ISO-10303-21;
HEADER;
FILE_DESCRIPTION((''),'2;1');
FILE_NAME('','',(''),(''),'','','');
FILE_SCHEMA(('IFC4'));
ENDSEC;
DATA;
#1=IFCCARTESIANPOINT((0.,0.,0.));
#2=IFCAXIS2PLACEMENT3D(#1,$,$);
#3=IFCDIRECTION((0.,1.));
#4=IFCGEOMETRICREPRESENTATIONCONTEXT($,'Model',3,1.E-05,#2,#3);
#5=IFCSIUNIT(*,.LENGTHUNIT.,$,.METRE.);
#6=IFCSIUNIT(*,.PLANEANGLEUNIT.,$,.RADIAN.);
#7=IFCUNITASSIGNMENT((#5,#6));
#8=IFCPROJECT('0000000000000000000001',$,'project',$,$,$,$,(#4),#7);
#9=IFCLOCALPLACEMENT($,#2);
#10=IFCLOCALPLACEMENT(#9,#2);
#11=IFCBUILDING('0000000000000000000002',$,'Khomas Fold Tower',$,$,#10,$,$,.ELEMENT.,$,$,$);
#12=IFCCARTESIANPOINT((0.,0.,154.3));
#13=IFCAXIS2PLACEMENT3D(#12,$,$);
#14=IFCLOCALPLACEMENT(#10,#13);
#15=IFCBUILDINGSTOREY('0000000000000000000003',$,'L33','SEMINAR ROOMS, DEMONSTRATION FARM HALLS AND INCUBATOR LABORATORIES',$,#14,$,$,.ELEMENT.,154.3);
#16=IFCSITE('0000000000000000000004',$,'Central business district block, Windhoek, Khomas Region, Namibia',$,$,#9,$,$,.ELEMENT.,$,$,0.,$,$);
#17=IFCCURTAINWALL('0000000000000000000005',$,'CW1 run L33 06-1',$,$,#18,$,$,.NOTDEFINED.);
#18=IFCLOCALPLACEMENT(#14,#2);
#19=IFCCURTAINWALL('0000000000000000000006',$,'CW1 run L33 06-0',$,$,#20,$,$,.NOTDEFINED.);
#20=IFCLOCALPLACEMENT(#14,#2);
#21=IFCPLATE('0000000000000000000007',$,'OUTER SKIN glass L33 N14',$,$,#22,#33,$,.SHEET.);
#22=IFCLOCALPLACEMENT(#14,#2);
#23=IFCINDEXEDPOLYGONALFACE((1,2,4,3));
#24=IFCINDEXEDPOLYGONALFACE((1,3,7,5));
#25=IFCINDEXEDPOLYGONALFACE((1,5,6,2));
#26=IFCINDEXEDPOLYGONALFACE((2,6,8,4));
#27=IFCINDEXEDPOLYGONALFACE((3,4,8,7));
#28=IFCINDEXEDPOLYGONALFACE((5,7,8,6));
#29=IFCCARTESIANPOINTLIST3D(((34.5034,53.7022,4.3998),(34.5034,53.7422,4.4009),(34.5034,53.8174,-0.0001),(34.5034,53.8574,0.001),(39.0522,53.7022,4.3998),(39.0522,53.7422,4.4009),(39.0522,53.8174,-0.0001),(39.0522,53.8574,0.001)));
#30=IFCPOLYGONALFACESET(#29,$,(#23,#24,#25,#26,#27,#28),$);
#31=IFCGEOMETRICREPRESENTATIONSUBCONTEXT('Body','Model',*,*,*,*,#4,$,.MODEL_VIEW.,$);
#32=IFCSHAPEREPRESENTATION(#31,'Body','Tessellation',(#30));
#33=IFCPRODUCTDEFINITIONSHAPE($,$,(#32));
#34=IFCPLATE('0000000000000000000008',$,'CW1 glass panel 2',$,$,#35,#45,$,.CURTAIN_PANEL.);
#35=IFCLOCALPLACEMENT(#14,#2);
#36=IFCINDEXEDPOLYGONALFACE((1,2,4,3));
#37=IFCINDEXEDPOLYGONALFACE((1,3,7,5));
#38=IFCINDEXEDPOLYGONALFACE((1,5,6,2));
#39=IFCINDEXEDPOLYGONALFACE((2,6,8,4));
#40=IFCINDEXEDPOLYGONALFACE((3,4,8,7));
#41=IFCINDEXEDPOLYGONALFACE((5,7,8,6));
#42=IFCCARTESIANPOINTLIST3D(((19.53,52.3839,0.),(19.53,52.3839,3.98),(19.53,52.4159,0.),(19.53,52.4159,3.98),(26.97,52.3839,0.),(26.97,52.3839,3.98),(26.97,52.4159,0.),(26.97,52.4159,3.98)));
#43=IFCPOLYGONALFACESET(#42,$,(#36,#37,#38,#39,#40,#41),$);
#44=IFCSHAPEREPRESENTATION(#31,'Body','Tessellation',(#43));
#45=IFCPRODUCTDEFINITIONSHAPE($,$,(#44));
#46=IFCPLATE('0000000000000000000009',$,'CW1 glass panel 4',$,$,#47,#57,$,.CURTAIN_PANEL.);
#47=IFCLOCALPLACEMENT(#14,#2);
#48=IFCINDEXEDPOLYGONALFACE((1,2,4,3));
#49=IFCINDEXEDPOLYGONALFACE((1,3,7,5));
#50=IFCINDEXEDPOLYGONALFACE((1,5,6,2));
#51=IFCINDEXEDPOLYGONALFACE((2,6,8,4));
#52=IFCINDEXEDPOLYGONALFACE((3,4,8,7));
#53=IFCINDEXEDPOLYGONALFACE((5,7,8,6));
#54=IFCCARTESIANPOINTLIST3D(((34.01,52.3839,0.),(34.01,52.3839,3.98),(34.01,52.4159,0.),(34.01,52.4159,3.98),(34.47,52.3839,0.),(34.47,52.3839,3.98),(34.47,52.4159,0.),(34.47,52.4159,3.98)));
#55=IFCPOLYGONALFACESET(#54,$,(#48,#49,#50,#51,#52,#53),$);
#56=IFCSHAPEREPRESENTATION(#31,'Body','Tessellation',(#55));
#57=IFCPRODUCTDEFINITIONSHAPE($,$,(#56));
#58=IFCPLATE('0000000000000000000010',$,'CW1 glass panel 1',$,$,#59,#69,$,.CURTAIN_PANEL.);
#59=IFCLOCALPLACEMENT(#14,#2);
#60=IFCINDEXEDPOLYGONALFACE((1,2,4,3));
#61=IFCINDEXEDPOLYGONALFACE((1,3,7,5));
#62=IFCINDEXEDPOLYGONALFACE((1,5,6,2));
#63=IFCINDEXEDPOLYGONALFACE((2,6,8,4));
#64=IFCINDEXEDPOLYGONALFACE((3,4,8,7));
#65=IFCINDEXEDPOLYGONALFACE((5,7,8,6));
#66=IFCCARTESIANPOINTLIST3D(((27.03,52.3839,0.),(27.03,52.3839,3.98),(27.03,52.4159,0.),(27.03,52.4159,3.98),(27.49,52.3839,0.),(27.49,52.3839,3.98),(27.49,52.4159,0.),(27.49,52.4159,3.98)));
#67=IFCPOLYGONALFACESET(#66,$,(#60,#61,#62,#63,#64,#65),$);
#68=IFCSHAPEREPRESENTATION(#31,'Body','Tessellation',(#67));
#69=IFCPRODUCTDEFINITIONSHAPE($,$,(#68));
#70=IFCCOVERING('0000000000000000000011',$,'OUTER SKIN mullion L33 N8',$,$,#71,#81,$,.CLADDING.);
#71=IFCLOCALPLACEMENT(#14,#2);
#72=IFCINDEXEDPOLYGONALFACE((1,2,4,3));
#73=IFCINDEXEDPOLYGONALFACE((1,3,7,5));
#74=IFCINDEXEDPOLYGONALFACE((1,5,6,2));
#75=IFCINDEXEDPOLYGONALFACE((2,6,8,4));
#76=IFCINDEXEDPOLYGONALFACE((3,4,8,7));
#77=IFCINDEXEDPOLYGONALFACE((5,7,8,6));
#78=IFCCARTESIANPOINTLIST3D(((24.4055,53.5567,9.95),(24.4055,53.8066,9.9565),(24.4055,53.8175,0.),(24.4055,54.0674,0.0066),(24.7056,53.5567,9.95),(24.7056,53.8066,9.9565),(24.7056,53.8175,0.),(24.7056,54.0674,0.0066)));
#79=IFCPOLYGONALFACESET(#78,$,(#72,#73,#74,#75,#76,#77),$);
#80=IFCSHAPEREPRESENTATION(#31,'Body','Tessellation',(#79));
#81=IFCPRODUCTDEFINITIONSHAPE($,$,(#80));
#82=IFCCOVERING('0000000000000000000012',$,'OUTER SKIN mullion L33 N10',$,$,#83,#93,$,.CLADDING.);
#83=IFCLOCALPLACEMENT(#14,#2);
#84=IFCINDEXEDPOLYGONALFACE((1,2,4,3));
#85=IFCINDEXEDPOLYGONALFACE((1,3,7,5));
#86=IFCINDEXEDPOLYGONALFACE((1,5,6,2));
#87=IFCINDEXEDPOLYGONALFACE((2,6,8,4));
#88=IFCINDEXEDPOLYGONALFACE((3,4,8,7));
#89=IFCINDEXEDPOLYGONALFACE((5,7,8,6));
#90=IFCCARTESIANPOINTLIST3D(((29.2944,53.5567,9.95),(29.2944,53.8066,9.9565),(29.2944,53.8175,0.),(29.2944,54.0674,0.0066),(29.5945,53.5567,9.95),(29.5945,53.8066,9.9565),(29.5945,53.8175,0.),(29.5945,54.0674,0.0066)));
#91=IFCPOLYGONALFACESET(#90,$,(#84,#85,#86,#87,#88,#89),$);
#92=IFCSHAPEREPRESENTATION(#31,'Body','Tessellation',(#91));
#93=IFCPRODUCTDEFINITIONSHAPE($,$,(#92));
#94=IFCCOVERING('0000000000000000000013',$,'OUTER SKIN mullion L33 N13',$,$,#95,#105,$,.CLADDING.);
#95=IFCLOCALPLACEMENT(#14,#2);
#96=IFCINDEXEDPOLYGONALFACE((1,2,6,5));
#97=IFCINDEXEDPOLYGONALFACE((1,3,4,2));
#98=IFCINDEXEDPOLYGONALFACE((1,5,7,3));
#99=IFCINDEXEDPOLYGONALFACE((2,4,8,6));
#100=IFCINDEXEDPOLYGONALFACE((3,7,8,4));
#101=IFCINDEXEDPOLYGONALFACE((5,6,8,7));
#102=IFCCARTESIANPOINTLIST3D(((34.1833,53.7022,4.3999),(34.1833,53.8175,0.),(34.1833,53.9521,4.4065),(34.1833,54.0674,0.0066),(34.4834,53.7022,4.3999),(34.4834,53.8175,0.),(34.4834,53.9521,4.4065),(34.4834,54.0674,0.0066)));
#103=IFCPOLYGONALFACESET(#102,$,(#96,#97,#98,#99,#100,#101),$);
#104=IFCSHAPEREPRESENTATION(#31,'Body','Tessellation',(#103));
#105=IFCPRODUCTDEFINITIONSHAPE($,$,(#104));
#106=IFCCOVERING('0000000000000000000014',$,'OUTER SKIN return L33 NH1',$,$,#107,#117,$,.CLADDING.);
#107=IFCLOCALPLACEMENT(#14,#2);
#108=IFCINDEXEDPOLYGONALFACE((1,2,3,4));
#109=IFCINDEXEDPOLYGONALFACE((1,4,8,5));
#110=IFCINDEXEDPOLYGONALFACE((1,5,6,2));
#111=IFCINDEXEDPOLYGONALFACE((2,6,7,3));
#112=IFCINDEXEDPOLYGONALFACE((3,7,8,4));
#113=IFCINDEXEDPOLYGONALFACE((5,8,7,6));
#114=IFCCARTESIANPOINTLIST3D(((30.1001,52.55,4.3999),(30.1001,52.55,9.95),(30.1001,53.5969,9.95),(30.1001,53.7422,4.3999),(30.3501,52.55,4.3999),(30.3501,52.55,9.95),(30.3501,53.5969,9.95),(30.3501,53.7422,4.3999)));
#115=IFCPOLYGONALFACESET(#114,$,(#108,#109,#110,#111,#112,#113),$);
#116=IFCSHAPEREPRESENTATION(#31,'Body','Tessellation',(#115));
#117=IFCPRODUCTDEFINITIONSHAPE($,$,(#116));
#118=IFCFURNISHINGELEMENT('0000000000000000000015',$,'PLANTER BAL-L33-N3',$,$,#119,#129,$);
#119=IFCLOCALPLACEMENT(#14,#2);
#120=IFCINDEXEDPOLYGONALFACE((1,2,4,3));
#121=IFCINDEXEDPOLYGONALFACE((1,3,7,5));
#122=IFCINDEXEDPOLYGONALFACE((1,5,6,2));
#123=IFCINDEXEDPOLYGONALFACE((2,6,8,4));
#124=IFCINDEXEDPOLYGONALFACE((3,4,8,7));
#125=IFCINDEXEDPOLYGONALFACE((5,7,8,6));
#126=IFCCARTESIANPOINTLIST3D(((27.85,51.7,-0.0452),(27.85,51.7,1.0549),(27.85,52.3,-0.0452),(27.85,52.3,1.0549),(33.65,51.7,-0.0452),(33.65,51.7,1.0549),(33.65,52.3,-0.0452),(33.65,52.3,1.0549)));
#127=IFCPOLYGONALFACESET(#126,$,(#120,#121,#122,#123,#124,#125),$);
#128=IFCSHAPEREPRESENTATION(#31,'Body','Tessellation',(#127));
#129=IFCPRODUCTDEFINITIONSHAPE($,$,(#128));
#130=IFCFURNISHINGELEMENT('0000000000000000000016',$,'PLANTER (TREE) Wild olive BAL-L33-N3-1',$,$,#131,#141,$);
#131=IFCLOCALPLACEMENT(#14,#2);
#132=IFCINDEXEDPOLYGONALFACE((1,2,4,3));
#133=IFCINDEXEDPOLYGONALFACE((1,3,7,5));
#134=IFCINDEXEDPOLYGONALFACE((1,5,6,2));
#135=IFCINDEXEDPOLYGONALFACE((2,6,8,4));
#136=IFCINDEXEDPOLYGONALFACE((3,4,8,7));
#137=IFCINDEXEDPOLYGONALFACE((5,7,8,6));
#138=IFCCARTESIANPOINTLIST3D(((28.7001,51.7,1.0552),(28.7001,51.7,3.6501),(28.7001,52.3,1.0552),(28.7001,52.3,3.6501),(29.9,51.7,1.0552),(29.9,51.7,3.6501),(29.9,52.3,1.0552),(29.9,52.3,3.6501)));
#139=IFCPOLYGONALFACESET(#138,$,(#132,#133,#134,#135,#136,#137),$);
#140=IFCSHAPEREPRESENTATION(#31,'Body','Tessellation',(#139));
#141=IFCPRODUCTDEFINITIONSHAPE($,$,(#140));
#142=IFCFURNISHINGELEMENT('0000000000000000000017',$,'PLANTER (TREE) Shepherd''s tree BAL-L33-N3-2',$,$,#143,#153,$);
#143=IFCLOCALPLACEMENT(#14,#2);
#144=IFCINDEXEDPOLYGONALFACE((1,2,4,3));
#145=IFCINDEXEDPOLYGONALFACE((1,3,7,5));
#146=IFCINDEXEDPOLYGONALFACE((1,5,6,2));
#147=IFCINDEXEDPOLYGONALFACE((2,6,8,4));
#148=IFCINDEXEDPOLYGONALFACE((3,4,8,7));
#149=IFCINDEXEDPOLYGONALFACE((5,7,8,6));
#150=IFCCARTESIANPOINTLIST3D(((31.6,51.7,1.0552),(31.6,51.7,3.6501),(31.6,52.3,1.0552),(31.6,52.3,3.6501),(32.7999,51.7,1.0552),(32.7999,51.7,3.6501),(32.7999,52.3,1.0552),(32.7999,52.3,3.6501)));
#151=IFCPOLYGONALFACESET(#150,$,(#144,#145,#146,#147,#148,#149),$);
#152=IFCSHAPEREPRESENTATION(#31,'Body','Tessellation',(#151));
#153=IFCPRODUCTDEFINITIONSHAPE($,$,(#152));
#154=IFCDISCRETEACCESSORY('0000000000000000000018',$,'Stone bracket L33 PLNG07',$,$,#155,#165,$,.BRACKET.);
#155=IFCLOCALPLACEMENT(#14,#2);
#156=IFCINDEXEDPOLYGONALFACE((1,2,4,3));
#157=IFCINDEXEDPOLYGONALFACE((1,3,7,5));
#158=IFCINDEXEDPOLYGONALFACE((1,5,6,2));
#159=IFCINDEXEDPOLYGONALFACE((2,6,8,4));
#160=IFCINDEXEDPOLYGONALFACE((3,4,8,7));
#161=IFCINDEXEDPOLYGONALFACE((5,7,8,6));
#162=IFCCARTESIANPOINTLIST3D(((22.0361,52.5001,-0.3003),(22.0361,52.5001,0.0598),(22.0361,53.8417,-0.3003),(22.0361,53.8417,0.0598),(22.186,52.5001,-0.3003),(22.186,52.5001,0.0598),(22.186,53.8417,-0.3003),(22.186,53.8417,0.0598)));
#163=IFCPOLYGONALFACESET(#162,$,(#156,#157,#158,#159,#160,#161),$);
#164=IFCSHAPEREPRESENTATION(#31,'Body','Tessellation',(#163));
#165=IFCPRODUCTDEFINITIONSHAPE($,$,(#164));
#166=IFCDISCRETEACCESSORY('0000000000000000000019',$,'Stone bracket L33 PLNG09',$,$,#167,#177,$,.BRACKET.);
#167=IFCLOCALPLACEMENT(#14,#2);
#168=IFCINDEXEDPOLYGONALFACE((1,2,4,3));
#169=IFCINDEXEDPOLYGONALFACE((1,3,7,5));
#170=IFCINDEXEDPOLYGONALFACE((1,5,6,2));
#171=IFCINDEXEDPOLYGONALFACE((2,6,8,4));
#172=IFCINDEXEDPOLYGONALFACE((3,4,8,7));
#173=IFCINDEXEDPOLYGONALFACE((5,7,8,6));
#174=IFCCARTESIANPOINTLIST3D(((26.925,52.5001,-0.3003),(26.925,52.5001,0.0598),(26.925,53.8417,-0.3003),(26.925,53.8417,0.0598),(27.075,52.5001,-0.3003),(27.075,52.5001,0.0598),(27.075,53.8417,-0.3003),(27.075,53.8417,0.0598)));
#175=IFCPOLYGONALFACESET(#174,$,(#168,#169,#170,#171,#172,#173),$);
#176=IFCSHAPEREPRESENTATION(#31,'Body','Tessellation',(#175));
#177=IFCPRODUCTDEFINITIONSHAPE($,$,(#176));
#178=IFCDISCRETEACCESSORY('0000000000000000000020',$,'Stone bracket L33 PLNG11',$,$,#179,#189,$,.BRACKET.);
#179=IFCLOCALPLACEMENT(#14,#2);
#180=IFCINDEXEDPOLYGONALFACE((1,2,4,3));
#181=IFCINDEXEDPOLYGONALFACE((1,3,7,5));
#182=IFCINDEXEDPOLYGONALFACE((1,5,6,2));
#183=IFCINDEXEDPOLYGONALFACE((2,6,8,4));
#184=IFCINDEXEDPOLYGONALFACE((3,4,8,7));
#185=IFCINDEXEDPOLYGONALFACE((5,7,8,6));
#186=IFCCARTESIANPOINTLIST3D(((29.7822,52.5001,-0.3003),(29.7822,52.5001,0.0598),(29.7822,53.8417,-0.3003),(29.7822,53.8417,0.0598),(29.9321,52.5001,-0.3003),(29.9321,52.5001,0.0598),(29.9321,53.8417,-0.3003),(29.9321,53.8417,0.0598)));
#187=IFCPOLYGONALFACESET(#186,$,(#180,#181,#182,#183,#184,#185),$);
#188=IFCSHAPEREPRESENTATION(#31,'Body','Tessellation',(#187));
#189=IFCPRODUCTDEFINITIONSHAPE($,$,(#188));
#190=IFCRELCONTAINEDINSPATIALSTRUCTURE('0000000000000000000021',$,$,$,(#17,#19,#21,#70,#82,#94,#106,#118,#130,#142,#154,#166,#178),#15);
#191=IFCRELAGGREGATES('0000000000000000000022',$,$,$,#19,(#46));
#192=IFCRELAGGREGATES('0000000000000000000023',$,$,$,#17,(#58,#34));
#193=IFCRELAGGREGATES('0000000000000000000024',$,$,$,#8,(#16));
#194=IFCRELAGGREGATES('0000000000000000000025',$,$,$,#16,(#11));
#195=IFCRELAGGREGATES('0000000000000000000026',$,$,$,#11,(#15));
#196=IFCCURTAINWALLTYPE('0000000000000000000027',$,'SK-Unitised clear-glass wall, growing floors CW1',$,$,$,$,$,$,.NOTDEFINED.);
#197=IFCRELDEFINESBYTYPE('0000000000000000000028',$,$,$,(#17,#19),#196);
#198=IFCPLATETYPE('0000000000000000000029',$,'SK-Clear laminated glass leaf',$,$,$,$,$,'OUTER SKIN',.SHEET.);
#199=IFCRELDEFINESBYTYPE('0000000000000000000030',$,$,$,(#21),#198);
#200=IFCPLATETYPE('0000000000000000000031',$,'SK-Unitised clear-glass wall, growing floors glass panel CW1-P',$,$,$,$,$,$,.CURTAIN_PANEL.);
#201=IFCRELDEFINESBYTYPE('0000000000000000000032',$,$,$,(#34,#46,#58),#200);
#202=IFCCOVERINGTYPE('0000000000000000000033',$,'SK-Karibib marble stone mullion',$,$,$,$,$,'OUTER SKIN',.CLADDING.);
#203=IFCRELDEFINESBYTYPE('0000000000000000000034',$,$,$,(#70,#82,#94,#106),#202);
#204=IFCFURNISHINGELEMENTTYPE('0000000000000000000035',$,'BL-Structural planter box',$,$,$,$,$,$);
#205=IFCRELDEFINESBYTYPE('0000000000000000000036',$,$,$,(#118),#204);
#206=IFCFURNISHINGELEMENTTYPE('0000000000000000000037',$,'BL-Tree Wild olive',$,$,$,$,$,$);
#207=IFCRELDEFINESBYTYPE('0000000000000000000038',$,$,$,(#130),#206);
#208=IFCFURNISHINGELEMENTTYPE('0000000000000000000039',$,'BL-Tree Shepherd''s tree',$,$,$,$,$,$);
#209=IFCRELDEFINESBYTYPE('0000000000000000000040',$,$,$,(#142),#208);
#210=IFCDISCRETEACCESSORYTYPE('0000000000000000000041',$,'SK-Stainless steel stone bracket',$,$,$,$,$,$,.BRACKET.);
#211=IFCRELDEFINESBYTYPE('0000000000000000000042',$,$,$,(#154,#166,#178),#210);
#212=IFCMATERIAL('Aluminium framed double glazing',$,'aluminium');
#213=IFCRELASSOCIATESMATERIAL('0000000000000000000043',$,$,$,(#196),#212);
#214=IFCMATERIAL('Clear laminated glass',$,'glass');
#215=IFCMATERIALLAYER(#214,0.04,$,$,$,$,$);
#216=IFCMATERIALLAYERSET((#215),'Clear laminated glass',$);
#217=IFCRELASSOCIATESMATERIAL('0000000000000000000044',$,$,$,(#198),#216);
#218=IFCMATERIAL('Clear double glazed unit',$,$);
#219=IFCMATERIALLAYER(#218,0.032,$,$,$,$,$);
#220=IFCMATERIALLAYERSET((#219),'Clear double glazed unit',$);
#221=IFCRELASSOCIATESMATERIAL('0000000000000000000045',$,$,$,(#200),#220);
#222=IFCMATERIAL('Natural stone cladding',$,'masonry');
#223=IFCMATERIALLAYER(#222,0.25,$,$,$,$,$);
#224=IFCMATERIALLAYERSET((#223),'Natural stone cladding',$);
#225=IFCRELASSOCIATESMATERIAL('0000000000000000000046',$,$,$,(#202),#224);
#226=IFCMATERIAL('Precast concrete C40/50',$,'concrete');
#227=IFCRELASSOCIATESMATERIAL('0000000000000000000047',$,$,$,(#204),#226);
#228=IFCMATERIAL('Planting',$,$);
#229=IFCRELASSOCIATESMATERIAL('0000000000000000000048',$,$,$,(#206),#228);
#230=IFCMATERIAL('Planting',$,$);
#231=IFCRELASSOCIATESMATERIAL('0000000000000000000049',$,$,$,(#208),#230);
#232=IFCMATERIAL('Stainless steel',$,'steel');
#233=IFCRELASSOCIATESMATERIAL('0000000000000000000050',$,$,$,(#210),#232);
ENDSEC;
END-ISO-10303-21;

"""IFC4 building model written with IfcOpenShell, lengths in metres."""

from ifc_helpers import new_model, si_unit, direction, frame, origin, origin_2d, place, context, subcontext, project, spatial, polyline, rectangle, outline, extrude, source, transform, mapped, material, layer, layer_set, type_object, element, aggregate, save


model = new_model("IFC4")

# Units and contexts
model_context = context("Model", 3, precision=1e-05, world=origin(), true_north=direction((0.0, 1.0)))
body_context = subcontext(model_context, "Body", "Model", "MODEL_VIEW")
ifc_project = project(units=[si_unit("LENGTHUNIT", "METRE"), si_unit("PLANEANGLEUNIT", "RADIAN")], contexts=[model_context])

# Site, building, storey
site_placement = place(None, origin())
site = spatial("IfcSite", under=ifc_project, at=site_placement, Name="Central business district block, Windhoek, Khomas Region, Namibia", CompositionType="ELEMENT", RefElevation=0.0)
building_placement = place(site_placement, origin())
building = spatial("IfcBuilding", under=site, at=building_placement, Name="Khomas Fold Tower", CompositionType="ELEMENT")
storey_placement = place(building_placement, frame((0.0, 0.0, 154.3)))
storey = spatial("IfcBuildingStorey", under=building, at=storey_placement, Name="L33", Description="SEMINAR ROOMS, DEMONSTRATION FARM HALLS AND INCUBATOR LABORATORIES", CompositionType="ELEMENT", Elevation=154.3)

# Curtain walls
ifc_material_1 = material(Name="Aluminium framed double glazing", Category="aluminium")
curtain_wall_type = type_object("IfcCurtainWallType", Name="SK-Unitised clear-glass wall, growing floors CW1", PredefinedType="NOTDEFINED", material=ifc_material_1)
curtain_wall_1_placement = place(storey_placement, origin())
curtain_wall_1 = element("IfcCurtainWall", 1, at=curtain_wall_1_placement, inside=storey, type_object=curtain_wall_type, Name="CW1 run L33 06-1", PredefinedType="NOTDEFINED")
curtain_wall_2_placement = place(storey_placement, origin())
curtain_wall_2 = element("IfcCurtainWall", 2, at=curtain_wall_2_placement, inside=storey, type_object=curtain_wall_type, Name="CW1 run L33 06-0", PredefinedType="NOTDEFINED")

# Plate
ifc_material_2 = material(Name="Clear laminated glass", Category="glass")
ifc_layer_1 = layer(ifc_material_2, 0.04)
ifc_layer_set_1 = layer_set([ifc_layer_1], Name="Clear laminated glass")
plate_type_1 = type_object("IfcPlateType", Name="SK-Clear laminated glass leaf", ElementType="OUTER SKIN", PredefinedType="SHEET", material=ifc_layer_set_1)
plate_1_placement = place(storey_placement, frame((34.5034, 53.8574, 0.001), z_axis=(0.0, 0.999657, 0.026181), x_axis=(1.0, 0.0, 0.0)))
element("IfcPlate", 3, at=plate_1_placement, inside=storey, type_object=plate_type_1, Name="OUTER SKIN glass L33 N14", PredefinedType="SHEET", context=body_context, shape_type="SweptSolid", body=[
    extrude(outline(polyline([(0.0, 0.0), (4.5488, 0.0), (4.5488, -4.4014), (0.0, -4.4014), (0.0, 0.0)])), origin(), (0.0, 0.0, -1.0), 0.04),
])

# Plates
ifc_material_3 = material(Name="Clear double glazed unit")
ifc_layer_2 = layer(ifc_material_3, 0.032)
ifc_layer_set_2 = layer_set([ifc_layer_2], Name="Clear double glazed unit")
plate_type_2 = type_object("IfcPlateType", Name="SK-Unitised clear-glass wall, growing floors glass panel CW1-P", PredefinedType="CURTAIN_PANEL", material=ifc_layer_set_2)
shared_shape_1 = source(origin(), body_context, "Body", "SweptSolid", [
    extrude(rectangle(XDim=7.4399, YDim=0.032, at=origin_2d()), origin(), (0.0, 0.0, 1.0), 3.98),
])
plate_2_placement = place(storey_placement, frame((23.25, 52.3999, 0.0), z_axis=(0.0, 0.0, 1.0), x_axis=(-1.0, 0.0, 0.0)))
plate_2 = element("IfcPlate", 4, at=plate_2_placement, type_object=plate_type_2, Name="CW1 glass panel 2", PredefinedType="CURTAIN_PANEL", context=body_context, shape_type="MappedRepresentation", body=[
    mapped(shared_shape_1, transform((0.0, 0.0, 0.0))),
])
shared_shape_2 = source(origin(), body_context, "Body", "SweptSolid", [
    extrude(rectangle(XDim=0.46, YDim=0.032, at=origin_2d()), origin(), (0.0, 0.0, 1.0), 3.98),
])
plate_3_placement = place(storey_placement, frame((34.24, 52.3999, 0.0), z_axis=(0.0, 0.0, 1.0), x_axis=(-1.0, 0.0, 0.0)))
plate_3 = element("IfcPlate", 5, at=plate_3_placement, type_object=plate_type_2, Name="CW1 glass panel 4", PredefinedType="CURTAIN_PANEL", context=body_context, shape_type="MappedRepresentation", body=[
    mapped(shared_shape_2, transform((0.0, 0.0, 0.0))),
])
aggregate(curtain_wall_2, [plate_3])
plate_4_placement = place(storey_placement, frame((27.26, 52.3999, 0.0), z_axis=(0.0, 0.0, 1.0), x_axis=(-1.0, 0.0, 0.0)))
plate_4 = element("IfcPlate", 6, at=plate_4_placement, type_object=plate_type_2, Name="CW1 glass panel 1", PredefinedType="CURTAIN_PANEL", context=body_context, shape_type="MappedRepresentation", body=[
    mapped(shared_shape_2, transform((0.0, 0.0, 0.0))),
])
aggregate(curtain_wall_1, [plate_4, plate_2])

# Coverings
ifc_material_4 = material(Name="Natural stone cladding", Category="masonry")
ifc_layer_3 = layer(ifc_material_4, 0.25)
ifc_layer_set_3 = layer_set([ifc_layer_3], Name="Natural stone cladding")
covering_type = type_object("IfcCoveringType", Name="SK-Karibib marble stone mullion", ElementType="OUTER SKIN", PredefinedType="CLADDING", material=ifc_layer_set_3)
for number, where, z_axis, x_axis, name in (
    (7, (24.4055, 54.0674, 0.0066), (0.0, 0.999657, 0.026196), (1.0, 0.0, 0.0), "OUTER SKIN mullion L33 N8"),
    (8, (29.2944, 54.0674, 0.0066), (0.0, 0.999657, 0.026196), (1.0, 0.0, 0.0), "OUTER SKIN mullion L33 N10"),
):
    element("IfcCovering", number, at=place(storey_placement, frame(where, z_axis=z_axis, x_axis=x_axis)), inside=storey, type_object=covering_type, Name=name, PredefinedType="CLADDING", context=body_context, shape_type="SweptSolid", body=[
        extrude(outline(polyline([(0.0, 0.0), (0.3, 0.0), (0.3, -9.9534), (0.0, -9.9534), (0.0, 0.0)])), origin(), (0.0, 0.0, -1.0), 0.25),
    ])
covering_1_placement = place(storey_placement, frame((34.1833, 54.0674, 0.0066), z_axis=(0.0, 0.999657, 0.026181), x_axis=(1.0, 0.0, 0.0)))
element("IfcCovering", 9, at=covering_1_placement, inside=storey, type_object=covering_type, Name="OUTER SKIN mullion L33 N13", PredefinedType="CLADDING", context=body_context, shape_type="SweptSolid", body=[
    extrude(outline(polyline([(0.0, 0.0), (0.3, 0.0), (0.3, -4.4014), (0.0, -4.4014), (0.0, 0.0)])), origin(), (0.0, 0.0, -1.0), 0.25),
])
covering_2_placement = place(storey_placement, frame((30.3501, 52.55, 4.3999), z_axis=(1.0, 0.0, 0.0), x_axis=(0.0, 1.0, 0.0)))
element("IfcCovering", 10, at=covering_2_placement, inside=storey, type_object=covering_type, Name="OUTER SKIN return L33 NH1", PredefinedType="CLADDING", context=body_context, shape_type="SweptSolid", body=[
    extrude(outline(polyline([(0.0, 0.0), (1.1921, 0.0), (1.0469, 5.55), (0.0, 5.55), (0.0, 0.0)])), origin(), (0.0, 0.0, -1.0), 0.25),
])

# Furnishing elements
ifc_material_5 = material(Name="Precast concrete C40/50", Category="concrete")
furnishing_element_type_1 = type_object("IfcFurnishingElementType", Name="BL-Structural planter box", material=ifc_material_5)
shared_shape_3 = source(origin(), body_context, "Body", "SweptSolid", [
    extrude(rectangle(XDim=5.8, YDim=0.6001, at=origin_2d()), origin(), (0.0, 0.0, 1.0), 1.1001),
])
furnishing_1_placement = place(storey_placement, frame((30.75, 52.0, -0.0452), z_axis=(0.0, 0.0, 1.0), x_axis=(1.0, 0.0, 0.0)))
element("IfcFurnishingElement", 11, at=furnishing_1_placement, inside=storey, type_object=furnishing_element_type_1, Name="PLANTER BAL-L33-N3", context=body_context, shape_type="MappedRepresentation", body=[
    mapped(shared_shape_3, transform((0.0, 0.0, 0.0))),
])
ifc_material_6 = material(Name="Planting")
furnishing_element_type_2 = type_object("IfcFurnishingElementType", Name="BL-Tree Wild olive", material=ifc_material_6)
shared_shape_4 = source(origin(), body_context, "Body", "SweptSolid", [
    extrude(rectangle(XDim=1.2, YDim=0.6001, at=origin_2d()), origin(), (0.0, 0.0, 1.0), 2.595),
])
furnishing_2_placement = place(storey_placement, frame((29.3, 52.0, 1.0552), z_axis=(0.0, 0.0, 1.0), x_axis=(1.0, 0.0, 0.0)))
element("IfcFurnishingElement", 12, at=furnishing_2_placement, inside=storey, type_object=furnishing_element_type_2, Name="PLANTER (TREE) Wild olive BAL-L33-N3-1", context=body_context, shape_type="MappedRepresentation", body=[
    mapped(shared_shape_4, transform((0.0, 0.0, 0.0))),
])
ifc_material_7 = material(Name="Planting")
furnishing_element_type_3 = type_object("IfcFurnishingElementType", Name="BL-Tree Shepherd's tree", material=ifc_material_7)
furnishing_3_placement = place(storey_placement, frame((32.2, 52.0, 1.0552), z_axis=(0.0, 0.0, 1.0), x_axis=(1.0, 0.0, 0.0)))
element("IfcFurnishingElement", 13, at=furnishing_3_placement, inside=storey, type_object=furnishing_element_type_3, Name="PLANTER (TREE) Shepherd's tree BAL-L33-N3-2", context=body_context, shape_type="MappedRepresentation", body=[
    mapped(shared_shape_4, transform((0.0, 0.0, 0.0))),
])

# Discrete accessories
ifc_material_8 = material(Name="Stainless steel", Category="steel")
discrete_accessory_type = type_object("IfcDiscreteAccessoryType", Name="SK-Stainless steel stone bracket", PredefinedType="BRACKET", material=ifc_material_8)
shared_shape_5 = source(origin(), body_context, "Body", "SweptSolid", [
    extrude(rectangle(XDim=1.3416, YDim=0.1499, at=origin_2d()), origin(), (0.0, 0.0, 1.0), 0.3601),
])
for number, where, z_axis, x_axis, name in (
    (14, (22.1111, 53.1709, -0.3003), (0.0, 0.0, 1.0), (0.0, 1.0, 0.0), "Stone bracket L33 PLNG07"),
    (15, (27.0, 53.1709, -0.3003), (0.0, 0.0, 1.0), (0.0, 1.0, 0.0), "Stone bracket L33 PLNG09"),
    (16, (29.8572, 53.1709, -0.3003), (0.0, 0.0, 1.0), (0.0, 1.0, 0.0), "Stone bracket L33 PLNG11"),
):
    element("IfcDiscreteAccessory", number, at=place(storey_placement, frame(where, z_axis=z_axis, x_axis=x_axis)), inside=storey, type_object=discrete_accessory_type, Name=name, PredefinedType="BRACKET", context=body_context, shape_type="MappedRepresentation", body=[
        mapped(shared_shape_5, transform((0.0, 0.0, 0.0))),
    ])

save(model, "model.ifc")
